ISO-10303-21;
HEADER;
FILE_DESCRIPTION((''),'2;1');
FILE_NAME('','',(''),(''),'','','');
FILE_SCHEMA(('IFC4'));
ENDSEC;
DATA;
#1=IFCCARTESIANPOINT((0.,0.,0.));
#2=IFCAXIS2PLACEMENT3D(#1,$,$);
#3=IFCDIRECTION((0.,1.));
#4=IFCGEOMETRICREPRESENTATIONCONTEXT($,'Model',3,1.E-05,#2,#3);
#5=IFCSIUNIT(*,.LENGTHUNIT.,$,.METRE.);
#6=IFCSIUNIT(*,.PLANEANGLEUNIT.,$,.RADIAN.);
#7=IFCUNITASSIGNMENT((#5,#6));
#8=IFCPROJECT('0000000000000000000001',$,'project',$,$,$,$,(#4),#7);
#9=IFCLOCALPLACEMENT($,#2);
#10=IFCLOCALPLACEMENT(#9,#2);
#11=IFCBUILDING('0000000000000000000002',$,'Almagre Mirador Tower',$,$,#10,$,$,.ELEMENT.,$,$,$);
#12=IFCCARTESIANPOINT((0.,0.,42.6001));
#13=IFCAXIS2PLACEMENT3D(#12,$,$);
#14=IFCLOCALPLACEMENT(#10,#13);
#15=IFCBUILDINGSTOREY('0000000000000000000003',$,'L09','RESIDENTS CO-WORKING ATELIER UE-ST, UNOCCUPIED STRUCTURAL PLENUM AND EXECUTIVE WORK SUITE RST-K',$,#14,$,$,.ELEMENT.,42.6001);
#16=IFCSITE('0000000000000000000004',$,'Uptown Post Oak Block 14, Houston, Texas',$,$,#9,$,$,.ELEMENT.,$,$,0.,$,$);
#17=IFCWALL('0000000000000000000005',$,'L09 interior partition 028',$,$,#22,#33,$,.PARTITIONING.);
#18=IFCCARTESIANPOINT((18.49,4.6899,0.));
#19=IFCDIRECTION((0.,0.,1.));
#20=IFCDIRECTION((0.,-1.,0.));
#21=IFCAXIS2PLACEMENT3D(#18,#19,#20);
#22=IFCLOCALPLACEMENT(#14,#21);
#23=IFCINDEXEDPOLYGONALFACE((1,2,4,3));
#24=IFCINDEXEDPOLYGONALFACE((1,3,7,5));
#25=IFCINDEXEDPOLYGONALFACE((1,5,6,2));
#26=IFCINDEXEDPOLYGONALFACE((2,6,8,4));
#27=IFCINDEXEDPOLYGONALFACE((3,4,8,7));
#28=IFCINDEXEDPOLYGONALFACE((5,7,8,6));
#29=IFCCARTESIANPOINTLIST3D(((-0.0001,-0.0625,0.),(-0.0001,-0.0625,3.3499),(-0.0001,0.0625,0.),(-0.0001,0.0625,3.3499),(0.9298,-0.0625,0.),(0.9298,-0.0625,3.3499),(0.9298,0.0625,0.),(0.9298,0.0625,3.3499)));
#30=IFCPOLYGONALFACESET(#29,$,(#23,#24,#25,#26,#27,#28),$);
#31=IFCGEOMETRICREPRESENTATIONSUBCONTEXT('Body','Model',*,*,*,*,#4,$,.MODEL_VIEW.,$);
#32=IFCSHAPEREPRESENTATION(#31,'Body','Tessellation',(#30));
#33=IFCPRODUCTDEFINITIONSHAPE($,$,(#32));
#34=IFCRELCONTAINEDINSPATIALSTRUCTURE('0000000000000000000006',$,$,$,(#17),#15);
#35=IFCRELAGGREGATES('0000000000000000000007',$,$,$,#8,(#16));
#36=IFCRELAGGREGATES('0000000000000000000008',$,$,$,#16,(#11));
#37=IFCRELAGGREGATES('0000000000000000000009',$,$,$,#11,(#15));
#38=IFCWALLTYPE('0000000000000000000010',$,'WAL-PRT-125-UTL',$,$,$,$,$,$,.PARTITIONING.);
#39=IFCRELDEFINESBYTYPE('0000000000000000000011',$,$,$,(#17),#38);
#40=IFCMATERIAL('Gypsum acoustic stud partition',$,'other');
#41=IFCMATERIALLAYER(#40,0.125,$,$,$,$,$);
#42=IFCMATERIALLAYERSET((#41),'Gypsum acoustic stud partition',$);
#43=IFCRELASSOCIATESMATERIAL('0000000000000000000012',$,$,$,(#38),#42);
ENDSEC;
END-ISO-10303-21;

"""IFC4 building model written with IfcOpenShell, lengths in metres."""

from ifc_helpers import new_model, si_unit, direction, frame, frame_2d, origin, place, context, subcontext, project, spatial, rectangle, extrude, material, layer, layer_set, type_object, element, save


model = new_model("IFC4")

# Units and contexts
model_context = context("Model", 3, precision=1e-05, world=origin(), true_north=direction((0.0, 1.0)))
body_context = subcontext(model_context, "Body", "Model", "MODEL_VIEW")
ifc_project = project(units=[si_unit("LENGTHUNIT", "METRE"), si_unit("PLANEANGLEUNIT", "RADIAN")], contexts=[model_context])

# Site, building, storey
site_placement = place(None, origin())
site = spatial("IfcSite", under=ifc_project, at=site_placement, Name="Uptown Post Oak Block 14, Houston, Texas", CompositionType="ELEMENT", RefElevation=0.0)
building_placement = place(site_placement, origin())
building = spatial("IfcBuilding", under=site, at=building_placement, Name="Almagre Mirador Tower", CompositionType="ELEMENT")
storey_placement = place(building_placement, frame((0.0, 0.0, 42.6001)))
storey = spatial("IfcBuildingStorey", under=building, at=storey_placement, Name="L09", Description="RESIDENTS CO-WORKING ATELIER UE-ST, UNOCCUPIED STRUCTURAL PLENUM AND EXECUTIVE WORK SUITE RST-K", CompositionType="ELEMENT", Elevation=42.6001)

# Wall
ifc_material_1 = material(Name="Gypsum acoustic stud partition", Category="other")
ifc_layer_1 = layer(ifc_material_1, 0.125)
ifc_layer_set_1 = layer_set([ifc_layer_1], Name="Gypsum acoustic stud partition")
wall_type_1 = type_object("IfcWallType", Name="WAL-PRT-125-UTL", PredefinedType="PARTITIONING", material=ifc_layer_set_1)
wall_1_placement = place(storey_placement, frame((18.49, 4.6899, 0.0), z_axis=(0.0, 0.0, 1.0), x_axis=(0.0, -1.0, 0.0)))
element("IfcWall", 1, at=wall_1_placement, inside=storey, type_object=wall_type_1, Name="L09 interior partition 028", PredefinedType="PARTITIONING", context=body_context, shape_type="SweptSolid", body=[
    extrude(rectangle(XDim=0.9299, YDim=0.125, at=frame_2d((0.4648, 0.0))), origin(), (0.0, 0.0, 1.0), 3.3499),
])

save(model, "model.ifc")
